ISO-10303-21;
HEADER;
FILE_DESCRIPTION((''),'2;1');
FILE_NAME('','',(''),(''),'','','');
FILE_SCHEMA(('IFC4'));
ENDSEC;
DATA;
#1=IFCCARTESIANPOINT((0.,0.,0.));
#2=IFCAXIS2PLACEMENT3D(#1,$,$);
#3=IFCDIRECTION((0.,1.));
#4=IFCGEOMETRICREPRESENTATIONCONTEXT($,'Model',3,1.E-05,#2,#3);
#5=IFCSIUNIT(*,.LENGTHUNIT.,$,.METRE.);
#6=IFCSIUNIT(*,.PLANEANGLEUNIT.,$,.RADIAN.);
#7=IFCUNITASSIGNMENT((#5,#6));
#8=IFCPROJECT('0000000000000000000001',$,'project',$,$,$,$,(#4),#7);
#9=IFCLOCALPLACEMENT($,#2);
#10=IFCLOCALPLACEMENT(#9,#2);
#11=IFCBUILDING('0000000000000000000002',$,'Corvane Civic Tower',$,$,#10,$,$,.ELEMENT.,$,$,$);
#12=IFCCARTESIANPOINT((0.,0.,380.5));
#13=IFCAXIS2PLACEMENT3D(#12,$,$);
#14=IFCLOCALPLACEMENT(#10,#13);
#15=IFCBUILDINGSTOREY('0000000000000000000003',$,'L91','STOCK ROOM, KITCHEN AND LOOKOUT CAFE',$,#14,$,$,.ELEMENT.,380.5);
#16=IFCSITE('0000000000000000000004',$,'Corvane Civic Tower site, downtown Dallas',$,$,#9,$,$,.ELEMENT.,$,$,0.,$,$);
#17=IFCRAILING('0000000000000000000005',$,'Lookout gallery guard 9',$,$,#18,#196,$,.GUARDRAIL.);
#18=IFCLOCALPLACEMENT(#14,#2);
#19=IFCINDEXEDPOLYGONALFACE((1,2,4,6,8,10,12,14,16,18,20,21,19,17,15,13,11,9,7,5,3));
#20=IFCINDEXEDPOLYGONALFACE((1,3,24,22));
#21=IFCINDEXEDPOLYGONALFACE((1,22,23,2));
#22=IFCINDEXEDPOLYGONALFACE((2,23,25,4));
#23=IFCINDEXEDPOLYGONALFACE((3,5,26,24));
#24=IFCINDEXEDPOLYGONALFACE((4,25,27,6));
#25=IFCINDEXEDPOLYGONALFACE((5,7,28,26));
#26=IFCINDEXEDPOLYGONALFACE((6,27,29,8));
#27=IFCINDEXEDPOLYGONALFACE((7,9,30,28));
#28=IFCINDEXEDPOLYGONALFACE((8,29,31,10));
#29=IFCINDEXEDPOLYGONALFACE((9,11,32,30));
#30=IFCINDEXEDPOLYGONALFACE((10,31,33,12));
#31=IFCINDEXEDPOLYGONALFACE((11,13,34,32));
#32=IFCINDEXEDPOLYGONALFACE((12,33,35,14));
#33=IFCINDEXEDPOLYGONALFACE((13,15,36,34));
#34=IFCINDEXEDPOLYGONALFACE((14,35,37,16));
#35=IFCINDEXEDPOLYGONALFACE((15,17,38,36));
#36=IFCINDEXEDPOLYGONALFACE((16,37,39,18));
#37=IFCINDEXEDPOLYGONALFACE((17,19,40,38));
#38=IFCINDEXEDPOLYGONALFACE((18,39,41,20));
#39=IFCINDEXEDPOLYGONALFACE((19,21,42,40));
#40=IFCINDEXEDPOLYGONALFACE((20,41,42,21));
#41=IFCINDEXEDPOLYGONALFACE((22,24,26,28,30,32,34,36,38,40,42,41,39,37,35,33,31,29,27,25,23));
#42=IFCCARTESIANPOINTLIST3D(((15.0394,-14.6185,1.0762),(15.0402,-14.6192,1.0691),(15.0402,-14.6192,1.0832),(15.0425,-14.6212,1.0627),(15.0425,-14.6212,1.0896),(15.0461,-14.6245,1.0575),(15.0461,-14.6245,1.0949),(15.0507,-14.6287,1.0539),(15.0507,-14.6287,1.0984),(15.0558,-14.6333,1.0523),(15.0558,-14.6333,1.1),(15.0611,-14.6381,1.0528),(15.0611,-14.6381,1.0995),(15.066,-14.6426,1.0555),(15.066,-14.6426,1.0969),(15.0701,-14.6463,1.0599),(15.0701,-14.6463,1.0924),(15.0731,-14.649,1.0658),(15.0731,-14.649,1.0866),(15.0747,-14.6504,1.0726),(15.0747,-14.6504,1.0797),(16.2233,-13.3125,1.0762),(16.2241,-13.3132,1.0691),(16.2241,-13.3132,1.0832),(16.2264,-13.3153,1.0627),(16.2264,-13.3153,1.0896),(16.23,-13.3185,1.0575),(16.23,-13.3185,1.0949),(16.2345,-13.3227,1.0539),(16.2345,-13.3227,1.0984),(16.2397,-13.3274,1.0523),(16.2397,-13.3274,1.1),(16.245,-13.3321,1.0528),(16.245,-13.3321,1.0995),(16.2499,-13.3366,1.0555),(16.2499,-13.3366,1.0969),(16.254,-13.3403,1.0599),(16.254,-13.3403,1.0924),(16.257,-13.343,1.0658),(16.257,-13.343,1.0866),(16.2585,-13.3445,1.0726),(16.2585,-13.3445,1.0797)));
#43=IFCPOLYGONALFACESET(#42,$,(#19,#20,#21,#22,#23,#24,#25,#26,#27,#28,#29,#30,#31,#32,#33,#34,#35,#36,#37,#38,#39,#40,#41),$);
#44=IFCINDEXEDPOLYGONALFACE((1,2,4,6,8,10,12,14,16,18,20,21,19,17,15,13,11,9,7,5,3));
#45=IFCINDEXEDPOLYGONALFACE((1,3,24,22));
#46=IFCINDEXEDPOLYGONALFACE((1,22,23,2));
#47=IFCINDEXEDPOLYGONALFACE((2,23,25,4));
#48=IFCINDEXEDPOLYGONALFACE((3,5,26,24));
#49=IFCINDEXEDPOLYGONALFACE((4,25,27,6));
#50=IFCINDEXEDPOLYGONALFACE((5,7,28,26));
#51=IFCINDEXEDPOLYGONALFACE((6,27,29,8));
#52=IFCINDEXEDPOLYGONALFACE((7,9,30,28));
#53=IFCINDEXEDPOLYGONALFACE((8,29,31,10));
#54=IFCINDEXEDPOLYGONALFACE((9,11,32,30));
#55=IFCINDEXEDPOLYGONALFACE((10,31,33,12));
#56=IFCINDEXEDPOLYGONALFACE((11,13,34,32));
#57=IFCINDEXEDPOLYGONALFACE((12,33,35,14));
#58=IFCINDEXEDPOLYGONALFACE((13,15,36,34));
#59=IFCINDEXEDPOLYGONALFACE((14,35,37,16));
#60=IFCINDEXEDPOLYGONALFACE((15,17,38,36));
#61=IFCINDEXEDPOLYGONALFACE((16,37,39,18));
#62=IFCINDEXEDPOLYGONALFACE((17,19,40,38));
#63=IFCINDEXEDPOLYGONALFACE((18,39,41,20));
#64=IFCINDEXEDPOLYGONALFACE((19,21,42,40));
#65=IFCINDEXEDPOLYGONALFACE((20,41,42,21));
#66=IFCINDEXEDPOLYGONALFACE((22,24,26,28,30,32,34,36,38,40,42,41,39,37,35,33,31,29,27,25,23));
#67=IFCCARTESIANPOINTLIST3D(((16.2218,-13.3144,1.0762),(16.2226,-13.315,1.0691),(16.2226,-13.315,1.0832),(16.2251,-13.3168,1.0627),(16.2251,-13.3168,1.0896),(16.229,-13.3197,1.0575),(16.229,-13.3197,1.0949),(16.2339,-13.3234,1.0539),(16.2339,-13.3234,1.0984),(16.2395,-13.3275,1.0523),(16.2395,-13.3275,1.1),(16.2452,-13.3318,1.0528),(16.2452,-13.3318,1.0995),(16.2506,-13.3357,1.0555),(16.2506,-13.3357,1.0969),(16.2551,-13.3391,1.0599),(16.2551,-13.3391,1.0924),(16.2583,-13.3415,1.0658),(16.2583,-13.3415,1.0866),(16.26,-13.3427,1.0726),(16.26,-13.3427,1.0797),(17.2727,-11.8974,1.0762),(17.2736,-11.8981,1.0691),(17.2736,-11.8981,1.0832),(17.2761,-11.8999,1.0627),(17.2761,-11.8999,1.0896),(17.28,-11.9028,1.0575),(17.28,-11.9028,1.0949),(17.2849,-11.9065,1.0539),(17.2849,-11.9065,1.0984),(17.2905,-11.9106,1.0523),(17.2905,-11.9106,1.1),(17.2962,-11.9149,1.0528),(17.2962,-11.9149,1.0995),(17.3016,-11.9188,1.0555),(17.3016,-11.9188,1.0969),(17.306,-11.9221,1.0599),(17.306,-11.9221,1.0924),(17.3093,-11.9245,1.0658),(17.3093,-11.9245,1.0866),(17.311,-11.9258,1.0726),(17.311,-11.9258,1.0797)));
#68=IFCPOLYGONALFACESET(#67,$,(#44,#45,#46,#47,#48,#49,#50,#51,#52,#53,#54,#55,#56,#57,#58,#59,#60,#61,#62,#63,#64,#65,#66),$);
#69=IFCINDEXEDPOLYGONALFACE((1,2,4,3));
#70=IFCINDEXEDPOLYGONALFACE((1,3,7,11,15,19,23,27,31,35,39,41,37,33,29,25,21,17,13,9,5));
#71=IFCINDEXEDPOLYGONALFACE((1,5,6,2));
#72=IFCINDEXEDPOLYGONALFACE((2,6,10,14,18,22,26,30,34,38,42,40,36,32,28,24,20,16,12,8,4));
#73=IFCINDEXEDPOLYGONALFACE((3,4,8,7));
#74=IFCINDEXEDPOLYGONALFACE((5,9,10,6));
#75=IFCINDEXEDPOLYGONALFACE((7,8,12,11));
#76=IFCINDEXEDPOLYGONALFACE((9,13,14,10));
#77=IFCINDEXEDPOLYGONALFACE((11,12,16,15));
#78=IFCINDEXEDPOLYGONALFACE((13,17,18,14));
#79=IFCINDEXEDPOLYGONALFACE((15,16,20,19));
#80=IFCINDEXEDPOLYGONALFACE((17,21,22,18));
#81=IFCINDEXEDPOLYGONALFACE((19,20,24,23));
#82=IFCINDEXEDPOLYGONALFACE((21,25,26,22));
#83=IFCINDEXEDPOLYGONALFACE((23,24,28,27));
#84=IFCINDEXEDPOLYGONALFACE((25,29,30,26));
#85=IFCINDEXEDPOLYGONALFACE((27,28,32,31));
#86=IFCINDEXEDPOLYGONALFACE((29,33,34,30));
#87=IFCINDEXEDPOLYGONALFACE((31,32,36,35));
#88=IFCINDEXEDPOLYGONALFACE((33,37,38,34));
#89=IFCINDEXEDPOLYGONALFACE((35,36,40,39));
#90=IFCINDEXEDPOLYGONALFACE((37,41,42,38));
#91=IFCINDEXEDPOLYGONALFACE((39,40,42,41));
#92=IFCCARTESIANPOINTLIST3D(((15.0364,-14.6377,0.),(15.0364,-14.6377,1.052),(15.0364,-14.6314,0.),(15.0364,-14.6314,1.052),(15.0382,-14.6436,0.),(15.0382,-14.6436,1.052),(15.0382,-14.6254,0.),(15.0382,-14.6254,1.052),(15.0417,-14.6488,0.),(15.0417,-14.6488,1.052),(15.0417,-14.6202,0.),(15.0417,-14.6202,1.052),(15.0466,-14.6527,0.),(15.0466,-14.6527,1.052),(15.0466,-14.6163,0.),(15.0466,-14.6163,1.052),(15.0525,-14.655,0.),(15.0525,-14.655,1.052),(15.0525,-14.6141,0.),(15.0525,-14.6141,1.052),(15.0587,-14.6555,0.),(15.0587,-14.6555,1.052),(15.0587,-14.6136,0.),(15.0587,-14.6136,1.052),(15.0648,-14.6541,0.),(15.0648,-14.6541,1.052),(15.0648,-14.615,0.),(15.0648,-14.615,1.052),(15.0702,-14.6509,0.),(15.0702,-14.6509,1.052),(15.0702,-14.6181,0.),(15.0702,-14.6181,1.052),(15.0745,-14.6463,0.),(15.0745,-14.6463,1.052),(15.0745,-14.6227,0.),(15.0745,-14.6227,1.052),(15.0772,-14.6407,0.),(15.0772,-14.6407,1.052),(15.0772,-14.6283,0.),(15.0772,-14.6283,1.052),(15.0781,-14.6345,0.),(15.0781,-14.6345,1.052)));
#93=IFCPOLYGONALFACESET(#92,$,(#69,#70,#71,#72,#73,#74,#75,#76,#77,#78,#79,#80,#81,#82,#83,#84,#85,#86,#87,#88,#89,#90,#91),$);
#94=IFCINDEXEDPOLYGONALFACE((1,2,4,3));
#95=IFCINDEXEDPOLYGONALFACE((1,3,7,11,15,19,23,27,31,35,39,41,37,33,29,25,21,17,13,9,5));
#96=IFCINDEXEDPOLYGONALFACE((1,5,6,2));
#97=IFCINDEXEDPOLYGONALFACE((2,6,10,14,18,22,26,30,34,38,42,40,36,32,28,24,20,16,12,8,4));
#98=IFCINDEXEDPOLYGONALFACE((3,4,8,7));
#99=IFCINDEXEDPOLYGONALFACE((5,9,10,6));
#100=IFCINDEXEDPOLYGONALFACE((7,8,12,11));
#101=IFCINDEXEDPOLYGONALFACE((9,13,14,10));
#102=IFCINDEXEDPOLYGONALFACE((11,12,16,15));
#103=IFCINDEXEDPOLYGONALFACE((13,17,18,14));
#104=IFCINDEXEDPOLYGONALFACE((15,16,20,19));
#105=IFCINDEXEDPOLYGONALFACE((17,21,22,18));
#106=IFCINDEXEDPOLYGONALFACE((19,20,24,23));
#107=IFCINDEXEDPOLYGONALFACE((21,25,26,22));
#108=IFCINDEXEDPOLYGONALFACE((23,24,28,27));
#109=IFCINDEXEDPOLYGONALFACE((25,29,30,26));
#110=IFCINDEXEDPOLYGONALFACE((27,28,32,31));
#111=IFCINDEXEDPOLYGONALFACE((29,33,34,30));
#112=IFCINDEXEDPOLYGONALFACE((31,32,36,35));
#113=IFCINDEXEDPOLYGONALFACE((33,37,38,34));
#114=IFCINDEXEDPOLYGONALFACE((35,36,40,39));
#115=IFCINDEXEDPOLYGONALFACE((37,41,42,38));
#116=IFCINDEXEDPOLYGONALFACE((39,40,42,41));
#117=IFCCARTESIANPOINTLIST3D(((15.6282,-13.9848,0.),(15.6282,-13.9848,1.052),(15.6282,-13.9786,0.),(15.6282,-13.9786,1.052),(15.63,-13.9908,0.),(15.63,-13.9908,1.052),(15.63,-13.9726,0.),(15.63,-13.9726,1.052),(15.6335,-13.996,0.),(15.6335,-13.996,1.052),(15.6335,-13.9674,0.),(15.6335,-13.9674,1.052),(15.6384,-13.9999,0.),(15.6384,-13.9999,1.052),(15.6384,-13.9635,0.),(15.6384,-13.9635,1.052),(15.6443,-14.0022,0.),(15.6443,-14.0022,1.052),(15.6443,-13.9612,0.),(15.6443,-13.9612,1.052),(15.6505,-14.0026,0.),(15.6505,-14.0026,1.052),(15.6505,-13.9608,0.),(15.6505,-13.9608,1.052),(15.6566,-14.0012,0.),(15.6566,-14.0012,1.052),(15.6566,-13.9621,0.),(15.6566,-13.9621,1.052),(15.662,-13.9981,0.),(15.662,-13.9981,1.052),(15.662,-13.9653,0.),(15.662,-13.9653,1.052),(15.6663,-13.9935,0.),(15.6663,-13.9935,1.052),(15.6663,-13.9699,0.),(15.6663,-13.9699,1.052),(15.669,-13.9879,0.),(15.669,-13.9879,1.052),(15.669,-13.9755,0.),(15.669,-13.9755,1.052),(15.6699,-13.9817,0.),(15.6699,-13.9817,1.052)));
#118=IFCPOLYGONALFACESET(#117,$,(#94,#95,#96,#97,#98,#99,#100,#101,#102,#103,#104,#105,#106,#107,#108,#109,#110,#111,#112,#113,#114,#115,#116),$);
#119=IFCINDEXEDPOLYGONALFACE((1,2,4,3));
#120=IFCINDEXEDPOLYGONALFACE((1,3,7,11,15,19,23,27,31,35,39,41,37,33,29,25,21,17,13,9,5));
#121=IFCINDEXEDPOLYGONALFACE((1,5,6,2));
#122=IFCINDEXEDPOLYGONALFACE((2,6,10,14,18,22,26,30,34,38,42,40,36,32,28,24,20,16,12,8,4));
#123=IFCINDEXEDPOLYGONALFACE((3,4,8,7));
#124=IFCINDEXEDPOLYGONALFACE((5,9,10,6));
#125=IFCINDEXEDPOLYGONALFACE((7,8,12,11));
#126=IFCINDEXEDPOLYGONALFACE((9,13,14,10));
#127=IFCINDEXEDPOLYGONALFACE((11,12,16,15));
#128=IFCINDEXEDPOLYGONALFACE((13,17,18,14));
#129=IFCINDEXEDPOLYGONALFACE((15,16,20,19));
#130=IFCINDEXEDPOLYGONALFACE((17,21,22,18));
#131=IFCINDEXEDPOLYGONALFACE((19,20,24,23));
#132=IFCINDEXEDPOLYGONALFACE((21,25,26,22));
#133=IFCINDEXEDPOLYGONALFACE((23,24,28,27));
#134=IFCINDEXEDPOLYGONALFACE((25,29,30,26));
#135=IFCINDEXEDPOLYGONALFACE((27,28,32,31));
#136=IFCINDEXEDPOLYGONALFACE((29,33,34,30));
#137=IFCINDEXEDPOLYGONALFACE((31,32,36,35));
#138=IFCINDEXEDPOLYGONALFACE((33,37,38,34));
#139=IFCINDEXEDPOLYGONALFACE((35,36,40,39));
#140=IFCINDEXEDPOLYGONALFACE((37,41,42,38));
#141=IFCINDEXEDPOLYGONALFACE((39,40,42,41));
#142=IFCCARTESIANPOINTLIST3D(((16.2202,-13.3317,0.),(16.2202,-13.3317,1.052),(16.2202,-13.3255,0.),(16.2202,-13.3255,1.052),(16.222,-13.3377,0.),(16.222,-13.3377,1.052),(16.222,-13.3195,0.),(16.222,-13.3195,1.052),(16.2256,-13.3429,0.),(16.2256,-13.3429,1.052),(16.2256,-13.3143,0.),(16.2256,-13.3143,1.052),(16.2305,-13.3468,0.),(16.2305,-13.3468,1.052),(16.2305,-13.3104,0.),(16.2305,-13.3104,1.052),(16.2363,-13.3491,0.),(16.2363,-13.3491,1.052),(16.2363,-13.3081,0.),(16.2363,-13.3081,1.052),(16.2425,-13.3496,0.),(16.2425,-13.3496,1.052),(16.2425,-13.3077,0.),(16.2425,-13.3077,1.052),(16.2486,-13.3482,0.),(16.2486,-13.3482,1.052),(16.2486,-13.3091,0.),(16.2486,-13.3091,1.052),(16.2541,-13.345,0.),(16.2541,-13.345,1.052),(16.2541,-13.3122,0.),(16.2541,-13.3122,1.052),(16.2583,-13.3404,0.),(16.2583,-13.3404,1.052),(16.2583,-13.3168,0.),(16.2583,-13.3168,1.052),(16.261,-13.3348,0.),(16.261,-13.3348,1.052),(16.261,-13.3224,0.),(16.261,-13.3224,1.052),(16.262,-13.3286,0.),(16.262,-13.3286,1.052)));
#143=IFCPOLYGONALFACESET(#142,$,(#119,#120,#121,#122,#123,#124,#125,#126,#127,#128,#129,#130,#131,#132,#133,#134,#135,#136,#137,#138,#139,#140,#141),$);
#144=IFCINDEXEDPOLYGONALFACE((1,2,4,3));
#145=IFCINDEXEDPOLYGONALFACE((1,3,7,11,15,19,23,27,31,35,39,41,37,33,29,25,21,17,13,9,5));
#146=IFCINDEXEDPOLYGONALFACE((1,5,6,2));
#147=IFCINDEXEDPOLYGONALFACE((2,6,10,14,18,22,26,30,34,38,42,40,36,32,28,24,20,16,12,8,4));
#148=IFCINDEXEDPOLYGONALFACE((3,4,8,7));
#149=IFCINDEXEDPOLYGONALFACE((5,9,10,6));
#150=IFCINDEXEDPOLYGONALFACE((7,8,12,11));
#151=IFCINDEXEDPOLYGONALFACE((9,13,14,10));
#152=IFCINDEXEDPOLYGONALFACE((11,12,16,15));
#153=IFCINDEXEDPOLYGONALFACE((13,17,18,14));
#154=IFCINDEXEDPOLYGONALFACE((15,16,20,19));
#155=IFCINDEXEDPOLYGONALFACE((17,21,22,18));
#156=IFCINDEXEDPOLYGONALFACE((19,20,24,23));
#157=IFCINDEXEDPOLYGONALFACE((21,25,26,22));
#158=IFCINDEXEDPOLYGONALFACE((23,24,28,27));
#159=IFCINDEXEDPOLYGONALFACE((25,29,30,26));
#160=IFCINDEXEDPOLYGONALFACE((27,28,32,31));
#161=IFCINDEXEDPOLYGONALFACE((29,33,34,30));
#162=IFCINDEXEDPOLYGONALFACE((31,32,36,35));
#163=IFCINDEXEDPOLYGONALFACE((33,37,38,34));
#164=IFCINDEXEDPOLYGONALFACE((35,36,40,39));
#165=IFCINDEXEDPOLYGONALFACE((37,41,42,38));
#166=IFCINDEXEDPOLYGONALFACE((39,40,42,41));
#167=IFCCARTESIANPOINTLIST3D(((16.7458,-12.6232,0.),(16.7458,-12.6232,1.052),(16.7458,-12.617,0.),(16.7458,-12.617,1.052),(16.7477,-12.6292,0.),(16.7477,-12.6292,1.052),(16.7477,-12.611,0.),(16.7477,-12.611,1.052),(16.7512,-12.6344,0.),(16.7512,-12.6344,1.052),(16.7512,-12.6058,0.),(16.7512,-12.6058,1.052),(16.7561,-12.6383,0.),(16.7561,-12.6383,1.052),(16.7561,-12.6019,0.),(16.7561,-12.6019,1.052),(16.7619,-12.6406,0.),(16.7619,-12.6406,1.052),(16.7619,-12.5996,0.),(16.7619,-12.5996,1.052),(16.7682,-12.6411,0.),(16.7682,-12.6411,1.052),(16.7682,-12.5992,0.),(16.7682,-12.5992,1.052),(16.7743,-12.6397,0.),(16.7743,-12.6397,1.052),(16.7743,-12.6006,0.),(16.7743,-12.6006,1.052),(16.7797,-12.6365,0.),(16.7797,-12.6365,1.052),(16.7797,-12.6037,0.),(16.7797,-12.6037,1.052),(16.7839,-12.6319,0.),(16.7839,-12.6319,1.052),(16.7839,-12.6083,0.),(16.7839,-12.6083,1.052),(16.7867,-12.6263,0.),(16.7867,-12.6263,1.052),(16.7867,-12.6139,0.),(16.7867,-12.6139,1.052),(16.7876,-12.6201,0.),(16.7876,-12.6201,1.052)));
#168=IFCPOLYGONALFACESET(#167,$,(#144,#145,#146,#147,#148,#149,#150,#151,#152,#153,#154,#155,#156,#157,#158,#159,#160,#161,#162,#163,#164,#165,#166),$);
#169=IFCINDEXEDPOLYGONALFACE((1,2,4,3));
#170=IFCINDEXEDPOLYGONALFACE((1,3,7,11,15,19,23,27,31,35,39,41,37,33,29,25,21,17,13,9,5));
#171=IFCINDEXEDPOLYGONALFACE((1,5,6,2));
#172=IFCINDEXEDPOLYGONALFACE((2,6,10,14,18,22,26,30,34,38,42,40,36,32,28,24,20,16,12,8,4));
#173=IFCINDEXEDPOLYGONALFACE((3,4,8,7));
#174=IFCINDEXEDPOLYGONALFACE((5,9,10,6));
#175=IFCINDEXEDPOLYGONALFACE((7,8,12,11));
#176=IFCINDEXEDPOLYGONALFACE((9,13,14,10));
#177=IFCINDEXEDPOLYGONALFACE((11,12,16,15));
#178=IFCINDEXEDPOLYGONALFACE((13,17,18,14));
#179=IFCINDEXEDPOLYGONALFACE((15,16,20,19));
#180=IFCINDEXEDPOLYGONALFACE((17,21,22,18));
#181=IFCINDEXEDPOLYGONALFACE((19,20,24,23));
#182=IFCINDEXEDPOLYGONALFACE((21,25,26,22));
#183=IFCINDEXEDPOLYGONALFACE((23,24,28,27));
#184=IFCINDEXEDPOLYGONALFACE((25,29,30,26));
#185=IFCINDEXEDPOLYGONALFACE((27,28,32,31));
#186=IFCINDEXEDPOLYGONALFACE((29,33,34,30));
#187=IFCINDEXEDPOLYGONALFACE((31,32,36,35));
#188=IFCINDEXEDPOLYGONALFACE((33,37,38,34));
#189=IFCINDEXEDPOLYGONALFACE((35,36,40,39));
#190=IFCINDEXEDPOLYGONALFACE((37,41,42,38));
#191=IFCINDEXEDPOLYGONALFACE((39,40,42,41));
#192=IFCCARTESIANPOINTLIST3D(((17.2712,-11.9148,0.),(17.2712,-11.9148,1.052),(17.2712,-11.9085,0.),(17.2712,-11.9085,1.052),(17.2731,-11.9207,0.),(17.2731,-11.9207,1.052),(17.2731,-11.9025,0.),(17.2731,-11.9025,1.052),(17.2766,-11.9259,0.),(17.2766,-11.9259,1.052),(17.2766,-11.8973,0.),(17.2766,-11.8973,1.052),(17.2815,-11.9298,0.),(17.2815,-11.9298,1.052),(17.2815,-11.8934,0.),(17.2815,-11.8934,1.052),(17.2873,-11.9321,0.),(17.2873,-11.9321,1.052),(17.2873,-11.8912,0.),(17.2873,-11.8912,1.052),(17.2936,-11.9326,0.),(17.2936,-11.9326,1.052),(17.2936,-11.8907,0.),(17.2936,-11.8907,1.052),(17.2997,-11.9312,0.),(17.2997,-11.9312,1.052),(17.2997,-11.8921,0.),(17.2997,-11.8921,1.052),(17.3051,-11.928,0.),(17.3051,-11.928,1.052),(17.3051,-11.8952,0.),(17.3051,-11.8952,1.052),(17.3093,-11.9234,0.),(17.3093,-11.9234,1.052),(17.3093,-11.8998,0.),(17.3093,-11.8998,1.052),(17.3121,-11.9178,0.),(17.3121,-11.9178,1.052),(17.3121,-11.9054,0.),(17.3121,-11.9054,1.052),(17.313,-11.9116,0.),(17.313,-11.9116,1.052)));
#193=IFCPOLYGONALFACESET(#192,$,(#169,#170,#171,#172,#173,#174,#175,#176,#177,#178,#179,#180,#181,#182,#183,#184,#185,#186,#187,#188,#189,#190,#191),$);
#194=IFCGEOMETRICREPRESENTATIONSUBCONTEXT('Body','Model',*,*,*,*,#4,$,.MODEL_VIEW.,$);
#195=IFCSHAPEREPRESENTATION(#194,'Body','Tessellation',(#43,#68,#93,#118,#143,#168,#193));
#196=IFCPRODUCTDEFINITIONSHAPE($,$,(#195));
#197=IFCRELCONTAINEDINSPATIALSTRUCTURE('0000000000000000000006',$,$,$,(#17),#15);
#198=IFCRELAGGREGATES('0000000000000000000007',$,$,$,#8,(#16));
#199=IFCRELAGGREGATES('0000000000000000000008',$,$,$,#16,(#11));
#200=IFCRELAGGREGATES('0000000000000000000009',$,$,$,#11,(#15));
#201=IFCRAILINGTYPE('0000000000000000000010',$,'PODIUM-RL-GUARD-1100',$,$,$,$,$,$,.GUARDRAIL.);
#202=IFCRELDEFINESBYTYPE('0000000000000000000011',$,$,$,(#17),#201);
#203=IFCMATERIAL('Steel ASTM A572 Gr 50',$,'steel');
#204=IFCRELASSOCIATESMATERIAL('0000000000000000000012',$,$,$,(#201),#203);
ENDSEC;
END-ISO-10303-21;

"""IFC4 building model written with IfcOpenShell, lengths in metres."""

from ifc_helpers import new_model, si_unit, direction, frame, origin, origin_2d, place, context, subcontext, project, spatial, circle, extrude, material, type_object, element, save


model = new_model("IFC4")

# Units and contexts
model_context = context("Model", 3, precision=1e-05, world=origin(), true_north=direction((0.0, 1.0)))
body_context = subcontext(model_context, "Body", "Model", "MODEL_VIEW")
ifc_project = project(units=[si_unit("LENGTHUNIT", "METRE"), si_unit("PLANEANGLEUNIT", "RADIAN")], contexts=[model_context])

# Site, building, storey
site_placement = place(None, origin())
site = spatial("IfcSite", under=ifc_project, at=site_placement, Name="Corvane Civic Tower site, downtown Dallas", CompositionType="ELEMENT", RefElevation=0.0)
building_placement = place(site_placement, origin())
building = spatial("IfcBuilding", under=site, at=building_placement, Name="Corvane Civic Tower", CompositionType="ELEMENT")
storey_placement = place(building_placement, frame((0.0, 0.0, 380.5)))
storey = spatial("IfcBuildingStorey", under=building, at=storey_placement, Name="L91", Description="STOCK ROOM, KITCHEN AND LOOKOUT CAFE", CompositionType="ELEMENT", Elevation=380.5)

# Railing
ifc_material_1 = material(Name="Steel ASTM A572 Gr 50", Category="steel")
railing_type = type_object("IfcRailingType", Name="PODIUM-RL-GUARD-1100", PredefinedType="GUARDRAIL", material=ifc_material_1)
railing_1_placement = place(storey_placement, frame((15.0571, -14.6345, 0.0)))
element("IfcRailing", 1, at=railing_1_placement, inside=storey, type_object=railing_type, Name="Lookout gallery guard 9", PredefinedType="GUARDRAIL", context=body_context, shape_type="SweptSolid", body=[
    extrude(circle(Radius=0.0239, at=origin_2d()), frame((0.0, 0.0, 1.0762), z_axis=(0.671631, 0.740886, 0.0), x_axis=(-0.740886, 0.671631, 0.0)), (0.0, 0.0, 1.0), 1.7627),
    extrude(circle(Radius=0.0239, at=origin_2d()), frame((1.1838, 1.3059, 1.0762), z_axis=(0.59574, 0.803177, 0.0), x_axis=(-0.803177, 0.59574, 0.0)), (0.0, 0.0, 1.0), 1.7642),
    extrude(circle(Radius=0.021, at=origin_2d()), origin(), (0.0, 0.0, 1.0), 1.052),
    extrude(circle(Radius=0.021, at=origin_2d()), frame((0.5918, 0.6528, 0.0)), (0.0, 0.0, 1.0), 1.052),
    extrude(circle(Radius=0.021, at=origin_2d()), frame((1.1838, 1.3059, 0.0)), (0.0, 0.0, 1.0), 1.052),
    extrude(circle(Radius=0.021, at=origin_2d()), frame((1.7095, 2.0144, 0.0)), (0.0, 0.0, 1.0), 1.052),
    extrude(circle(Radius=0.021, at=origin_2d()), frame((2.2349, 2.7229, 0.0)), (0.0, 0.0, 1.0), 1.052),
])

save(model, "model.ifc")
